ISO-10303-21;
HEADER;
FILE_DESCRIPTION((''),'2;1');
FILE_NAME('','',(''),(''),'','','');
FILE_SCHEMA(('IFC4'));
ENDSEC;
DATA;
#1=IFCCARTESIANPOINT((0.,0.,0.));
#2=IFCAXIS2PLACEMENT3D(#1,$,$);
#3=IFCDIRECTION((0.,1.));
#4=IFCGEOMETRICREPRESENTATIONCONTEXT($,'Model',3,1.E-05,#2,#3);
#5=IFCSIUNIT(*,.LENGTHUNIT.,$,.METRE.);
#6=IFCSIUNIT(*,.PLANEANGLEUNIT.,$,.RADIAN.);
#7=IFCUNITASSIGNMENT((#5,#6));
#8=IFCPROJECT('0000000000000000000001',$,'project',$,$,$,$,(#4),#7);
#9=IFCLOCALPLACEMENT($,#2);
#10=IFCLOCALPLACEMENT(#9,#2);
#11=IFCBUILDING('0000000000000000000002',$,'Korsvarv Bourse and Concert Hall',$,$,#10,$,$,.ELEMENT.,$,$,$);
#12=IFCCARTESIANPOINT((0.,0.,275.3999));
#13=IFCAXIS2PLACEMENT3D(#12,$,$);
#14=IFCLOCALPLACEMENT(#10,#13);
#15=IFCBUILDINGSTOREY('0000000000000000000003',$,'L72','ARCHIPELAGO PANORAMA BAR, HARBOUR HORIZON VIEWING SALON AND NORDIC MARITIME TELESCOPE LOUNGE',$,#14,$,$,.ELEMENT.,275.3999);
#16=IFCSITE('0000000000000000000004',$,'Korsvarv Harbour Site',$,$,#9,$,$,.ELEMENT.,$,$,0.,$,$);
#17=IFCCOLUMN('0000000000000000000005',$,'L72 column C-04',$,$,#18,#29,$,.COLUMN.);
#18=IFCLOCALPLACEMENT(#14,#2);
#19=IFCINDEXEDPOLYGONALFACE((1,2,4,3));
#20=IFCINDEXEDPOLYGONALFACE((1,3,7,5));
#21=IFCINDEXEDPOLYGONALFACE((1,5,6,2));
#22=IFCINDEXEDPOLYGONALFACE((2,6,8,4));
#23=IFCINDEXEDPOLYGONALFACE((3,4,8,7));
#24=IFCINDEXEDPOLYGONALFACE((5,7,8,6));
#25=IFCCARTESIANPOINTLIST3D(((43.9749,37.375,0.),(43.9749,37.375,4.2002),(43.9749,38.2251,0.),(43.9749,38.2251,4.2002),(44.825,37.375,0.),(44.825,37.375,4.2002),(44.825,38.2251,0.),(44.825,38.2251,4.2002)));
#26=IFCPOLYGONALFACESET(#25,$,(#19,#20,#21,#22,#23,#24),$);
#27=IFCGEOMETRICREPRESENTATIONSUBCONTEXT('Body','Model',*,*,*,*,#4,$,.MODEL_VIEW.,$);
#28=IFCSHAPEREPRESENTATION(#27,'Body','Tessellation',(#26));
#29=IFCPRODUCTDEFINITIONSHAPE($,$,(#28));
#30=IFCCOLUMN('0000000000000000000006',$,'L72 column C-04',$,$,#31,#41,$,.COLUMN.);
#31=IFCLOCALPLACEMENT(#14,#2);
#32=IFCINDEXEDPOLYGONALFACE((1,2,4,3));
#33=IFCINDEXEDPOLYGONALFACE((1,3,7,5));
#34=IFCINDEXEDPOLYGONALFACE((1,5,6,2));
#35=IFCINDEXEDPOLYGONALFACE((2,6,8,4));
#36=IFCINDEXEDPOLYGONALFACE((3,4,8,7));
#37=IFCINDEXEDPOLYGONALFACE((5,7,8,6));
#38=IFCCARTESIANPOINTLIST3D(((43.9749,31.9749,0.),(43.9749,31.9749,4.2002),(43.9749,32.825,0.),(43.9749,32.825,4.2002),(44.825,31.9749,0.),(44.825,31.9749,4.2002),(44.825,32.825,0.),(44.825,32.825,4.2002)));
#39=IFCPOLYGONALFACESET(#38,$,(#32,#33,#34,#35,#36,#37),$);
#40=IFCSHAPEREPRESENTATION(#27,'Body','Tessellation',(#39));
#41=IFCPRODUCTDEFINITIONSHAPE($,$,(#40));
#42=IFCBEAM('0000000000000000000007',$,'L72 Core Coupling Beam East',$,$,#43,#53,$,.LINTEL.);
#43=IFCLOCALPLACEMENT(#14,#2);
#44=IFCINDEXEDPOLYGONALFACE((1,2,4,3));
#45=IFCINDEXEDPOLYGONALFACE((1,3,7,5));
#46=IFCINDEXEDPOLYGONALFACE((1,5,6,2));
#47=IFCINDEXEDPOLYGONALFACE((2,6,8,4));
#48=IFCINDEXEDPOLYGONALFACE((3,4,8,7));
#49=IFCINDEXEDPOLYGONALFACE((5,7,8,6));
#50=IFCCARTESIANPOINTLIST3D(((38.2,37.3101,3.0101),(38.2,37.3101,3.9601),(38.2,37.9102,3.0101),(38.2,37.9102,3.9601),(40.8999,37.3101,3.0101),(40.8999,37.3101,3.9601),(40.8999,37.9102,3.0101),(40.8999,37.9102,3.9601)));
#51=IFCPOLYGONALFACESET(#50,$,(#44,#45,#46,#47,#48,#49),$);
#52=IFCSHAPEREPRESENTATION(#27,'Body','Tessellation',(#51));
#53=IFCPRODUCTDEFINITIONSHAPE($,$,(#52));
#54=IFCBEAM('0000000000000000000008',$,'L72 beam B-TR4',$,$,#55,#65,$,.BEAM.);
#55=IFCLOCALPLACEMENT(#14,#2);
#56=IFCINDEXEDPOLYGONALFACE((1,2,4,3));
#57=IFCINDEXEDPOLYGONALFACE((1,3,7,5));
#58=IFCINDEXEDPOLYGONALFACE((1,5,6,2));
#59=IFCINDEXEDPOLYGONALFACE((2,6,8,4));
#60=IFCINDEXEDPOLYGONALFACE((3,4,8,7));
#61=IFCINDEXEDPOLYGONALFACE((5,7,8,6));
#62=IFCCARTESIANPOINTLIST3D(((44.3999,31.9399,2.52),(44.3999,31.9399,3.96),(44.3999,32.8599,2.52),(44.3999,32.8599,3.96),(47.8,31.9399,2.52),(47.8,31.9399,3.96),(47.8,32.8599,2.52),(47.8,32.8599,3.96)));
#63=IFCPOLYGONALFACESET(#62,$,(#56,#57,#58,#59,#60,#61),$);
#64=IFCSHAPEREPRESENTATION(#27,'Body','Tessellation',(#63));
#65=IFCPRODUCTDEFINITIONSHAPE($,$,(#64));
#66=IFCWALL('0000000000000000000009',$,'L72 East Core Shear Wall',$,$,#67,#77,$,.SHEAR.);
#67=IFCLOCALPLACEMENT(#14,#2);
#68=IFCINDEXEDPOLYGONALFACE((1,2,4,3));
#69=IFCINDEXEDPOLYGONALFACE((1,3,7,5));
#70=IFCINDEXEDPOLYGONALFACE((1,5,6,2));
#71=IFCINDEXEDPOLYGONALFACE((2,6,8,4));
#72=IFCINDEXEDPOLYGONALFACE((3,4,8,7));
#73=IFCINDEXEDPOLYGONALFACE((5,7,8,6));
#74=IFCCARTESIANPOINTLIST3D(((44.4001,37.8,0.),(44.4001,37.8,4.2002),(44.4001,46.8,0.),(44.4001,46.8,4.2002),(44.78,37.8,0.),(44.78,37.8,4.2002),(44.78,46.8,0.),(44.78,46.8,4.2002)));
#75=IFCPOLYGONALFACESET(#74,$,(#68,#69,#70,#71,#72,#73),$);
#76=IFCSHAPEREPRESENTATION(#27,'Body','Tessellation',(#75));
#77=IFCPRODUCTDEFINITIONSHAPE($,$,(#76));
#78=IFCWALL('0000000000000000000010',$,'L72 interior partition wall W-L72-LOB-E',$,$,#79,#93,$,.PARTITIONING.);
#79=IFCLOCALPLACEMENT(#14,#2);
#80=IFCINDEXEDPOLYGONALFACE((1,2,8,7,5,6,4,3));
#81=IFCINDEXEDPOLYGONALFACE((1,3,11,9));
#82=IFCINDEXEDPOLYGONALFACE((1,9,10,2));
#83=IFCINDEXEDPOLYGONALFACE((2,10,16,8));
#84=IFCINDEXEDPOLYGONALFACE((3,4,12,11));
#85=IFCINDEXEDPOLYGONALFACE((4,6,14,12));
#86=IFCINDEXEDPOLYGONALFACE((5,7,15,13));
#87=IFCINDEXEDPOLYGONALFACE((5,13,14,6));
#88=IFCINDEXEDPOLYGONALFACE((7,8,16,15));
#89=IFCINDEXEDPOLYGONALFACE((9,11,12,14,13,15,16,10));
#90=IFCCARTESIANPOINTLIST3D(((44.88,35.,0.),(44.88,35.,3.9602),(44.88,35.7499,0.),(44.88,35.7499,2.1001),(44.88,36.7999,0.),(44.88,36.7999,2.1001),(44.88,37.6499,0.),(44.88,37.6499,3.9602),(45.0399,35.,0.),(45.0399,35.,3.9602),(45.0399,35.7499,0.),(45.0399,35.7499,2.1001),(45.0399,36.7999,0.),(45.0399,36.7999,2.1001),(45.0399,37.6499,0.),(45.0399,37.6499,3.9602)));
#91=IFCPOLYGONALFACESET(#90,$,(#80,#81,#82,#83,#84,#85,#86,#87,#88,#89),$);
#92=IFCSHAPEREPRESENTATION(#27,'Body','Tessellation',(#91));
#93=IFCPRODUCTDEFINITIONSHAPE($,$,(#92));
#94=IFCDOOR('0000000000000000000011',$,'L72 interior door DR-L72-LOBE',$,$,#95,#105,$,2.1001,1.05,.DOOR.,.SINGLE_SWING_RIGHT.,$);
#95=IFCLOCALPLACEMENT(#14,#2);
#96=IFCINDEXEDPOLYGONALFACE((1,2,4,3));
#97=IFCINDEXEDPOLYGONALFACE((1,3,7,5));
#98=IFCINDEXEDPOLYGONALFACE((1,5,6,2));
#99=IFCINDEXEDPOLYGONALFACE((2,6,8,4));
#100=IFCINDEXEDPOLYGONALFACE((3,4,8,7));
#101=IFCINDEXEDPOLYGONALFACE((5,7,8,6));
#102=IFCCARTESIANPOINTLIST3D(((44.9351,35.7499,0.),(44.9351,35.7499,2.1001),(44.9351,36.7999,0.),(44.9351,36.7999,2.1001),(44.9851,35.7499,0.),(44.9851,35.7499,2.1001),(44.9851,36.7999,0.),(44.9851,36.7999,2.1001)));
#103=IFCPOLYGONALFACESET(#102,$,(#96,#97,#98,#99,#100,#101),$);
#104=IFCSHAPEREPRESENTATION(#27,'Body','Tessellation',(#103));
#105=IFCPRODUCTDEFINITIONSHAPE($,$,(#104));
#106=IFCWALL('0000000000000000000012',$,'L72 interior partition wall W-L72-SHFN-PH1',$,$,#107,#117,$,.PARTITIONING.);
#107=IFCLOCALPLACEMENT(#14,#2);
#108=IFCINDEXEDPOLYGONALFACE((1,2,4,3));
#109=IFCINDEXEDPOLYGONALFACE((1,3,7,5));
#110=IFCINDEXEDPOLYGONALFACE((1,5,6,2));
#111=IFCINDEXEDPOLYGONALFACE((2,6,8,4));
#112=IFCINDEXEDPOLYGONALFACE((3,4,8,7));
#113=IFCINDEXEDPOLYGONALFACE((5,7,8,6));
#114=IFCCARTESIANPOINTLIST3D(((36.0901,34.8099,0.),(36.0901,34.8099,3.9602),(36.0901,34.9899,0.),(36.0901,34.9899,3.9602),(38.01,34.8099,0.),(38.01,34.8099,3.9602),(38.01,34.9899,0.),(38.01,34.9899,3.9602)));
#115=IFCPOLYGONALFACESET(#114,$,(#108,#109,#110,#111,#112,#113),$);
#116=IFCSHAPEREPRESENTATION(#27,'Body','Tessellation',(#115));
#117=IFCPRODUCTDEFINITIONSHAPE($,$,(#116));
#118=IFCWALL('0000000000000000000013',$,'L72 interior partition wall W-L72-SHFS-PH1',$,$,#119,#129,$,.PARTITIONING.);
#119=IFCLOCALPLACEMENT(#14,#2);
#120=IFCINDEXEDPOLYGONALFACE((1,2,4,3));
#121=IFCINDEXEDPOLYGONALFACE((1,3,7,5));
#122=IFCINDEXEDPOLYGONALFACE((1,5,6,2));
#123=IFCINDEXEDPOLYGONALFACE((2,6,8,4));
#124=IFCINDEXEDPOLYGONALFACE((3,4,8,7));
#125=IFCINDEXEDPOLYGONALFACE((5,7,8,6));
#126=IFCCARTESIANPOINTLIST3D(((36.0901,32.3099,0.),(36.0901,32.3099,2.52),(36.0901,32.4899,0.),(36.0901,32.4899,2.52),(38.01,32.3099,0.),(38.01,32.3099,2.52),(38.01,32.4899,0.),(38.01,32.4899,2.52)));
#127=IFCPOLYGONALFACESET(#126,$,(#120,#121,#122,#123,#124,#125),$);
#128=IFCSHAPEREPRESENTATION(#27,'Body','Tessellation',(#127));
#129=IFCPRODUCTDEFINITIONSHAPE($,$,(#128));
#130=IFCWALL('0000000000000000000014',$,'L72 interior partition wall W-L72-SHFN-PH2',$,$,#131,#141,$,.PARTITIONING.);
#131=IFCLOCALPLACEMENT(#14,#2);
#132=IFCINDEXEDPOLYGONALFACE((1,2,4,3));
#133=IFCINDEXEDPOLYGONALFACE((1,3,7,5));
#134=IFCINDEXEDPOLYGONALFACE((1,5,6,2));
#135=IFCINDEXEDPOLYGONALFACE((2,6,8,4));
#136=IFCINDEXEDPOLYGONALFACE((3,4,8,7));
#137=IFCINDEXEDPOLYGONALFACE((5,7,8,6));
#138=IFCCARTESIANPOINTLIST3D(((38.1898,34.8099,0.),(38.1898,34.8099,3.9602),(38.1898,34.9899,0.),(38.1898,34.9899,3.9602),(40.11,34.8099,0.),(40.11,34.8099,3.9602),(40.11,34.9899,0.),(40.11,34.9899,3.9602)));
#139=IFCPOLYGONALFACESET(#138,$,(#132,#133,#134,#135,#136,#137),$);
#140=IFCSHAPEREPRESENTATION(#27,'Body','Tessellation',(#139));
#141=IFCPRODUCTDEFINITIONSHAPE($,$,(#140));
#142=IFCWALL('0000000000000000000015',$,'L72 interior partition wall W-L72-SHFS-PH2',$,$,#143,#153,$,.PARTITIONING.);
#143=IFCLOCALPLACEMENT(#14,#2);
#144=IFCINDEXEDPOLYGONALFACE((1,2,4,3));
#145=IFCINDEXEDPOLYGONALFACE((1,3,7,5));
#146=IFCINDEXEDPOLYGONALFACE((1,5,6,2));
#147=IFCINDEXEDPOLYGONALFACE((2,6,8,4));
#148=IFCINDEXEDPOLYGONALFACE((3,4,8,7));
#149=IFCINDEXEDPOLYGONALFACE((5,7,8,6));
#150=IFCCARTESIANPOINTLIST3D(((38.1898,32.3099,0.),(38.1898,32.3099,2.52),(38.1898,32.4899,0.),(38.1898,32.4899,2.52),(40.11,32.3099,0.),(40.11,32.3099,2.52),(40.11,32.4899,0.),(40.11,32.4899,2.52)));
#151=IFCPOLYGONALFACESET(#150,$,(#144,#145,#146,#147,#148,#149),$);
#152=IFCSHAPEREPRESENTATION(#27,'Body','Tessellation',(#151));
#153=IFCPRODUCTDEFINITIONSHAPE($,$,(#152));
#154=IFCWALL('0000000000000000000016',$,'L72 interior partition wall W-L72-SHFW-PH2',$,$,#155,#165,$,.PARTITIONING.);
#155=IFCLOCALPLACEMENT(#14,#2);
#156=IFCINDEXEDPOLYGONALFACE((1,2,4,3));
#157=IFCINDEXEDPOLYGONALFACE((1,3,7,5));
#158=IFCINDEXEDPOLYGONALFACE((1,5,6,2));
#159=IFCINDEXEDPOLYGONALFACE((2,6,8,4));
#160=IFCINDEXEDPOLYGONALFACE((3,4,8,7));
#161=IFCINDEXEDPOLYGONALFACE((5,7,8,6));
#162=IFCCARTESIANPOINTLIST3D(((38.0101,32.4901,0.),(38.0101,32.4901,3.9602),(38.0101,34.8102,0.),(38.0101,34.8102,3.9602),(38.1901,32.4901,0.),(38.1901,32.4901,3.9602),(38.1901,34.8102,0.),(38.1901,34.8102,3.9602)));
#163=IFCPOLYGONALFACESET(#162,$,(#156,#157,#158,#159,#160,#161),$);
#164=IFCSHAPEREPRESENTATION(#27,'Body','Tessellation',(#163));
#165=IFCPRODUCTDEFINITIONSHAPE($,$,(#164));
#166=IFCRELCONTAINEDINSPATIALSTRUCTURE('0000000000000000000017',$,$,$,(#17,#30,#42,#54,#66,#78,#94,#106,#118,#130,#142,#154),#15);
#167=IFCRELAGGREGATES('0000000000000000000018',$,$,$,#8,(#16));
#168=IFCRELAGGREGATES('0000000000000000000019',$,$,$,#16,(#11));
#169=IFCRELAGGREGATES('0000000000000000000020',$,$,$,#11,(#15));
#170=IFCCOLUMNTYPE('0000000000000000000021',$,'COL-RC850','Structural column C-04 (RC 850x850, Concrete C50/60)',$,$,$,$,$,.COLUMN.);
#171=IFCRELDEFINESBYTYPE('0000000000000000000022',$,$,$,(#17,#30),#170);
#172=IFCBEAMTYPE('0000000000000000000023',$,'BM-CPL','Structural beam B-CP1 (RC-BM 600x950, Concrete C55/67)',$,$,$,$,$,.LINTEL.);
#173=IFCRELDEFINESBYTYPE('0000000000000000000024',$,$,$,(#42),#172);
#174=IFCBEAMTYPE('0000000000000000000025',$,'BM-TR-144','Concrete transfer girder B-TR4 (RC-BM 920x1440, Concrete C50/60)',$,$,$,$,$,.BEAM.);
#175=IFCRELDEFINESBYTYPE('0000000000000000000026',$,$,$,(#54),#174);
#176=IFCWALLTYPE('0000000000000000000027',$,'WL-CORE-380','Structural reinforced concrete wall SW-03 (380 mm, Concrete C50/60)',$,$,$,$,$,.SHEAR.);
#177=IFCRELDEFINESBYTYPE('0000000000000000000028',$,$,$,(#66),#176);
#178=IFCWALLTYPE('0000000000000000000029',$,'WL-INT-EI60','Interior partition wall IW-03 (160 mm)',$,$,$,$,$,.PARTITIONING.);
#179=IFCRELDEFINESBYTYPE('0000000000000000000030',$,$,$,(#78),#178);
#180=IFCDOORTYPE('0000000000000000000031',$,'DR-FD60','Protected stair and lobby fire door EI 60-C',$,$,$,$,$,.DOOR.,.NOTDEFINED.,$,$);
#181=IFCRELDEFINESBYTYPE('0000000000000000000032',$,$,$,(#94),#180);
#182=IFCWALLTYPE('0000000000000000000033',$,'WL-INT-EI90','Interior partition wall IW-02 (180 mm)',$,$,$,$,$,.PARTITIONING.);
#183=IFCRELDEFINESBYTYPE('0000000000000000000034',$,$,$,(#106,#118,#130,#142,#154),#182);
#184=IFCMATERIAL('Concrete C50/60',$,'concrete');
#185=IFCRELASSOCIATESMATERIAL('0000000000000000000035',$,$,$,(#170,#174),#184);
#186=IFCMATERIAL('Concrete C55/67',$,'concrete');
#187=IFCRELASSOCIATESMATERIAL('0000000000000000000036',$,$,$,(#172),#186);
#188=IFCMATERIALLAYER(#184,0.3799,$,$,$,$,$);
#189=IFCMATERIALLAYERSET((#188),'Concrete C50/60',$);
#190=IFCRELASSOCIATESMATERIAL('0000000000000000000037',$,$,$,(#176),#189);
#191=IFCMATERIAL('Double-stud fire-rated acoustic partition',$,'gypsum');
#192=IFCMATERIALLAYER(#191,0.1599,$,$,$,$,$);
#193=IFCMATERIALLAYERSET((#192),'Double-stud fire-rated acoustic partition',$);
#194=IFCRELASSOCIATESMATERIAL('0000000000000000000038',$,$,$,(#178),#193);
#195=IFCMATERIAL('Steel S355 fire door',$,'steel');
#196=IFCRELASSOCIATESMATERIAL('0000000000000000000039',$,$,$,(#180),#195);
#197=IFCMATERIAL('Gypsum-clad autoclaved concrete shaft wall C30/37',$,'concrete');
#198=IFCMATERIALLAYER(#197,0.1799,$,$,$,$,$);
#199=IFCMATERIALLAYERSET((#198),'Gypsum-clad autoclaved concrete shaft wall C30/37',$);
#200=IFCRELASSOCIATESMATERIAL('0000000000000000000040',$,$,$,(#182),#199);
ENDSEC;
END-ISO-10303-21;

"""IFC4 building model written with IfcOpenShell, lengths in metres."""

from ifc_helpers import new_model, si_unit, direction, frame, frame_2d, origin, origin_2d, place, context, subcontext, project, spatial, rectangle, extrude, source, transform, mapped, material, layer, layer_set, material_profile, profile_set, type_object, element, fill, save


model = new_model("IFC4")

# Units and contexts
model_context = context("Model", 3, precision=1e-05, world=origin(), true_north=direction((0.0, 1.0)))
body_context = subcontext(model_context, "Body", "Model", "MODEL_VIEW")
ifc_project = project(units=[si_unit("LENGTHUNIT", "METRE"), si_unit("PLANEANGLEUNIT", "RADIAN")], contexts=[model_context])

# Site, building, storey
site_placement = place(None, origin())
site = spatial("IfcSite", under=ifc_project, at=site_placement, Name="Korsvarv Harbour Site", CompositionType="ELEMENT", RefElevation=0.0)
building_placement = place(site_placement, origin())
building = spatial("IfcBuilding", under=site, at=building_placement, Name="Korsvarv Bourse and Concert Hall", CompositionType="ELEMENT")
storey_placement = place(building_placement, frame((0.0, 0.0, 275.3999)))
storey = spatial("IfcBuildingStorey", under=building, at=storey_placement, Name="L72", Description="ARCHIPELAGO PANORAMA BAR, HARBOUR HORIZON VIEWING SALON AND NORDIC MARITIME TELESCOPE LOUNGE", CompositionType="ELEMENT", Elevation=275.3999)

# Columns
ifc_material_1 = material(Name="Concrete C50/60", Category="concrete")
ifc_material_profile_1 = material_profile(ifc_material_1, rectangle(XDim=0.8501, YDim=0.8501, at=origin_2d()), Name="RC 850x850")
ifc_profile_set_1 = profile_set([ifc_material_profile_1], Name="Concrete C50/60")
column_type = type_object("IfcColumnType", Name="COL-RC850", Description="Structural column C-04 (RC 850x850, Concrete C50/60)", PredefinedType="COLUMN", material=ifc_profile_set_1)
shared_shape_1 = source(origin(), body_context, "Body", "SweptSolid", [
    extrude(rectangle(XDim=0.8501, YDim=0.8501, at=origin_2d()), origin(), (0.0, 0.0, 1.0), 4.2002),
])
for number, where, z_axis, x_axis, name in (
    (1, (44.3999, 37.8, 0.0), (0.0, 0.0, 1.0), (1.0, 0.0, 0.0), "L72 column C-04"),
    (2, (44.3999, 32.3999, 0.0), (0.0, 0.0, 1.0), (1.0, 0.0, 0.0), "L72 column C-04"),
):
    element("IfcColumn", number, at=place(storey_placement, frame(where, z_axis=z_axis, x_axis=x_axis)), inside=storey, type_object=column_type, Name=name, PredefinedType="COLUMN", context=body_context, shape_type="MappedRepresentation", body=[
        mapped(shared_shape_1, transform((0.0, 0.0, 0.0), scale=1.0)),
    ])

# Beams
ifc_material_2 = material(Name="Concrete C55/67", Category="concrete")
ifc_material_profile_2 = material_profile(ifc_material_2, rectangle(XDim=0.6001, YDim=0.95, at=origin_2d()), Name="RC-BM 600x950")
ifc_profile_set_2 = profile_set([ifc_material_profile_2], Name="Concrete C55/67")
beam_type_1 = type_object("IfcBeamType", Name="BM-CPL", Description="Structural beam B-CP1 (RC-BM 600x950, Concrete C55/67)", PredefinedType="LINTEL", material=ifc_profile_set_2)
shared_shape_2 = source(origin(), body_context, "Body", "SweptSolid", [
    extrude(rectangle(XDim=0.6001, YDim=0.95, at=origin_2d()), origin(), (0.0, 0.0, 1.0), 2.7),
])
beam_1_placement = place(storey_placement, frame((38.2, 37.6101, 3.4851), z_axis=(1.0, 0.0, 0.0), x_axis=(0.0, 1.0, 0.0)))
element("IfcBeam", 3, at=beam_1_placement, inside=storey, type_object=beam_type_1, Name="L72 Core Coupling Beam East", PredefinedType="LINTEL", context=body_context, shape_type="MappedRepresentation", body=[
    mapped(shared_shape_2, transform((0.0, 0.0, 0.0), scale=1.0)),
])
ifc_material_profile_3 = material_profile(ifc_material_1, rectangle(XDim=0.9199, YDim=1.4399, at=origin_2d()), Name="RC-BM 920x1440")
ifc_profile_set_3 = profile_set([ifc_material_profile_3], Name="Concrete C50/60")
beam_type_2 = type_object("IfcBeamType", Name="BM-TR-144", Description="Concrete transfer girder B-TR4 (RC-BM 920x1440, Concrete C50/60)", PredefinedType="BEAM", material=ifc_profile_set_3)
shared_shape_3 = source(origin(), body_context, "Body", "SweptSolid", [
    extrude(rectangle(XDim=0.9199, YDim=1.4399, at=origin_2d()), origin(), (0.0, 0.0, 1.0), 3.4001),
])
beam_2_placement = place(storey_placement, frame((44.3999, 32.3999, 3.24), z_axis=(1.0, 0.0, 0.0), x_axis=(0.0, 1.0, 0.0)))
element("IfcBeam", 4, at=beam_2_placement, inside=storey, type_object=beam_type_2, Name="L72 beam B-TR4", PredefinedType="BEAM", context=body_context, shape_type="MappedRepresentation", body=[
    mapped(shared_shape_3, transform((0.0, 0.0, 0.0), scale=1.0)),
])

# Wall
ifc_layer_1 = layer(ifc_material_1, 0.3799)
ifc_layer_set_1 = layer_set([ifc_layer_1], Name="Concrete C50/60")
wall_type_1 = type_object("IfcWallType", Name="WL-CORE-380", Description="Structural reinforced concrete wall SW-03 (380 mm, Concrete C50/60)", PredefinedType="SHEAR", material=ifc_layer_set_1)
wall_1_placement = place(storey_placement, frame((44.5901, 37.8, 0.0), z_axis=(0.0, 0.0, 1.0), x_axis=(0.0, 1.0, 0.0)))
element("IfcWall", 5, at=wall_1_placement, inside=storey, type_object=wall_type_1, Name="L72 East Core Shear Wall", PredefinedType="SHEAR", context=body_context, shape_type="SweptSolid", body=[
    extrude(rectangle(XDim=9.0, YDim=0.3799, at=frame_2d((4.5, 0.0))), origin(), (0.0, 0.0, 1.0), 4.2002),
])

# Wall, opening, door
ifc_material_3 = material(Name="Double-stud fire-rated acoustic partition", Category="gypsum")
ifc_layer_2 = layer(ifc_material_3, 0.1599)
ifc_layer_set_2 = layer_set([ifc_layer_2], Name="Double-stud fire-rated acoustic partition")
wall_type_2 = type_object("IfcWallType", Name="WL-INT-EI60", Description="Interior partition wall IW-03 (160 mm)", PredefinedType="PARTITIONING", material=ifc_layer_set_2)
wall_2_placement = place(storey_placement, frame((44.96, 35.0, 0.0), z_axis=(0.0, 0.0, 1.0), x_axis=(0.0, 1.0, 0.0)))
wall_2 = element("IfcWall", 6, at=wall_2_placement, inside=storey, type_object=wall_type_2, Name="L72 interior partition wall W-L72-LOB-E", PredefinedType="PARTITIONING", context=body_context, shape_type="SweptSolid", body=[
    extrude(rectangle(XDim=2.6499, YDim=0.1599, at=frame_2d((1.325, 0.0))), origin(), (0.0, 0.0, 1.0), 3.9602),
])
opening_1_placement = place(wall_2_placement, frame((0.75, 0.0, 0.0)))
opening_1 = element("IfcOpeningElement", 7, at=opening_1_placement, cuts=wall_2, PredefinedType="OPENING", context=body_context, shape_type="SweptSolid", body=[
    extrude(rectangle(XDim=1.05, YDim=2.1001, at=frame_2d((0.5249, 1.05))), frame((0.0, 0.0898, 0.0), z_axis=(0.0, -1.0, 0.0), x_axis=(1.0, 0.0, 0.0)), (0.0, 0.0, 1.0), 0.1799),
])
ifc_material_4 = material(Name="Steel S355 fire door", Category="steel")
door_type_1 = type_object("IfcDoorType", Name="DR-FD60", Description="Protected stair and lobby fire door EI 60-C", OperationType="NOTDEFINED", PredefinedType="DOOR", material=ifc_material_4)
door_1_placement = place(opening_1_placement, origin())
door_1 = element("IfcDoor", 8, at=door_1_placement, inside=storey, type_object=door_type_1, Name="L72 interior door DR-L72-LOBE", OperationType="SINGLE_SWING_RIGHT", OverallHeight=2.1001, OverallWidth=1.05, PredefinedType="DOOR", context=body_context, shape_type="SweptSolid", body=[
    extrude(rectangle(XDim=1.05, YDim=2.1001, at=frame_2d((0.5249, 1.05))), frame((0.0, 0.0249, 0.0), z_axis=(0.0, -1.0, 0.0), x_axis=(1.0, 0.0, 0.0)), (0.0, 0.0, 1.0), 0.05),
])
fill(opening_1, door_1)

# Walls
ifc_material_5 = material(Name="Gypsum-clad autoclaved concrete shaft wall C30/37", Category="concrete")
ifc_layer_3 = layer(ifc_material_5, 0.1799)
ifc_layer_set_3 = layer_set([ifc_layer_3], Name="Gypsum-clad autoclaved concrete shaft wall C30/37")
wall_type_3 = type_object("IfcWallType", Name="WL-INT-EI90", Description="Interior partition wall IW-02 (180 mm)", PredefinedType="PARTITIONING", material=ifc_layer_set_3)
wall_3_placement = place(storey_placement, frame((36.0901, 34.8999, 0.0), z_axis=(0.0, 0.0, 1.0), x_axis=(1.0, 0.0, 0.0)))
element("IfcWall", 9, at=wall_3_placement, inside=storey, type_object=wall_type_3, Name="L72 interior partition wall W-L72-SHFN-PH1", PredefinedType="PARTITIONING", context=body_context, shape_type="SweptSolid", body=[
    extrude(rectangle(XDim=1.9199, YDim=0.1799, at=frame_2d((0.96, 0.0))), origin(), (0.0, 0.0, 1.0), 3.9602),
])
wall_4_placement = place(storey_placement, frame((36.0901, 32.3999, 0.0), z_axis=(0.0, 0.0, 1.0), x_axis=(1.0, 0.0, 0.0)))
element("IfcWall", 10, at=wall_4_placement, inside=storey, type_object=wall_type_3, Name="L72 interior partition wall W-L72-SHFS-PH1", PredefinedType="PARTITIONING", context=body_context, shape_type="SweptSolid", body=[
    extrude(rectangle(XDim=1.9199, YDim=0.1799, at=frame_2d((0.96, 0.0))), origin(), (0.0, 0.0, 1.0), 2.52),
])
wall_5_placement = place(storey_placement, frame((38.1899, 34.8999, 0.0), z_axis=(0.0, 0.0, 1.0), x_axis=(1.0, 0.0, 0.0)))
element("IfcWall", 11, at=wall_5_placement, inside=storey, type_object=wall_type_3, Name="L72 interior partition wall W-L72-SHFN-PH2", PredefinedType="PARTITIONING", context=body_context, shape_type="SweptSolid", body=[
    extrude(rectangle(XDim=1.9202, YDim=0.1799, at=frame_2d((0.96, 0.0))), origin(), (0.0, 0.0, 1.0), 3.9602),
])
wall_6_placement = place(storey_placement, frame((38.1899, 32.3999, 0.0), z_axis=(0.0, 0.0, 1.0), x_axis=(1.0, 0.0, 0.0)))
element("IfcWall", 12, at=wall_6_placement, inside=storey, type_object=wall_type_3, Name="L72 interior partition wall W-L72-SHFS-PH2", PredefinedType="PARTITIONING", context=body_context, shape_type="SweptSolid", body=[
    extrude(rectangle(XDim=1.9202, YDim=0.1799, at=frame_2d((0.96, 0.0))), origin(), (0.0, 0.0, 1.0), 2.52),
])
wall_7_placement = place(storey_placement, frame((38.1001, 32.49, 0.0), z_axis=(0.0, 0.0, 1.0), x_axis=(0.0, 1.0, 0.0)))
element("IfcWall", 13, at=wall_7_placement, inside=storey, type_object=wall_type_3, Name="L72 interior partition wall W-L72-SHFW-PH2", PredefinedType="PARTITIONING", context=body_context, shape_type="SweptSolid", body=[
    extrude(rectangle(XDim=2.3201, YDim=0.1799, at=frame_2d((1.1602, 0.0))), origin(), (0.0, 0.0, 1.0), 3.9602),
])

save(model, "model.ifc")
